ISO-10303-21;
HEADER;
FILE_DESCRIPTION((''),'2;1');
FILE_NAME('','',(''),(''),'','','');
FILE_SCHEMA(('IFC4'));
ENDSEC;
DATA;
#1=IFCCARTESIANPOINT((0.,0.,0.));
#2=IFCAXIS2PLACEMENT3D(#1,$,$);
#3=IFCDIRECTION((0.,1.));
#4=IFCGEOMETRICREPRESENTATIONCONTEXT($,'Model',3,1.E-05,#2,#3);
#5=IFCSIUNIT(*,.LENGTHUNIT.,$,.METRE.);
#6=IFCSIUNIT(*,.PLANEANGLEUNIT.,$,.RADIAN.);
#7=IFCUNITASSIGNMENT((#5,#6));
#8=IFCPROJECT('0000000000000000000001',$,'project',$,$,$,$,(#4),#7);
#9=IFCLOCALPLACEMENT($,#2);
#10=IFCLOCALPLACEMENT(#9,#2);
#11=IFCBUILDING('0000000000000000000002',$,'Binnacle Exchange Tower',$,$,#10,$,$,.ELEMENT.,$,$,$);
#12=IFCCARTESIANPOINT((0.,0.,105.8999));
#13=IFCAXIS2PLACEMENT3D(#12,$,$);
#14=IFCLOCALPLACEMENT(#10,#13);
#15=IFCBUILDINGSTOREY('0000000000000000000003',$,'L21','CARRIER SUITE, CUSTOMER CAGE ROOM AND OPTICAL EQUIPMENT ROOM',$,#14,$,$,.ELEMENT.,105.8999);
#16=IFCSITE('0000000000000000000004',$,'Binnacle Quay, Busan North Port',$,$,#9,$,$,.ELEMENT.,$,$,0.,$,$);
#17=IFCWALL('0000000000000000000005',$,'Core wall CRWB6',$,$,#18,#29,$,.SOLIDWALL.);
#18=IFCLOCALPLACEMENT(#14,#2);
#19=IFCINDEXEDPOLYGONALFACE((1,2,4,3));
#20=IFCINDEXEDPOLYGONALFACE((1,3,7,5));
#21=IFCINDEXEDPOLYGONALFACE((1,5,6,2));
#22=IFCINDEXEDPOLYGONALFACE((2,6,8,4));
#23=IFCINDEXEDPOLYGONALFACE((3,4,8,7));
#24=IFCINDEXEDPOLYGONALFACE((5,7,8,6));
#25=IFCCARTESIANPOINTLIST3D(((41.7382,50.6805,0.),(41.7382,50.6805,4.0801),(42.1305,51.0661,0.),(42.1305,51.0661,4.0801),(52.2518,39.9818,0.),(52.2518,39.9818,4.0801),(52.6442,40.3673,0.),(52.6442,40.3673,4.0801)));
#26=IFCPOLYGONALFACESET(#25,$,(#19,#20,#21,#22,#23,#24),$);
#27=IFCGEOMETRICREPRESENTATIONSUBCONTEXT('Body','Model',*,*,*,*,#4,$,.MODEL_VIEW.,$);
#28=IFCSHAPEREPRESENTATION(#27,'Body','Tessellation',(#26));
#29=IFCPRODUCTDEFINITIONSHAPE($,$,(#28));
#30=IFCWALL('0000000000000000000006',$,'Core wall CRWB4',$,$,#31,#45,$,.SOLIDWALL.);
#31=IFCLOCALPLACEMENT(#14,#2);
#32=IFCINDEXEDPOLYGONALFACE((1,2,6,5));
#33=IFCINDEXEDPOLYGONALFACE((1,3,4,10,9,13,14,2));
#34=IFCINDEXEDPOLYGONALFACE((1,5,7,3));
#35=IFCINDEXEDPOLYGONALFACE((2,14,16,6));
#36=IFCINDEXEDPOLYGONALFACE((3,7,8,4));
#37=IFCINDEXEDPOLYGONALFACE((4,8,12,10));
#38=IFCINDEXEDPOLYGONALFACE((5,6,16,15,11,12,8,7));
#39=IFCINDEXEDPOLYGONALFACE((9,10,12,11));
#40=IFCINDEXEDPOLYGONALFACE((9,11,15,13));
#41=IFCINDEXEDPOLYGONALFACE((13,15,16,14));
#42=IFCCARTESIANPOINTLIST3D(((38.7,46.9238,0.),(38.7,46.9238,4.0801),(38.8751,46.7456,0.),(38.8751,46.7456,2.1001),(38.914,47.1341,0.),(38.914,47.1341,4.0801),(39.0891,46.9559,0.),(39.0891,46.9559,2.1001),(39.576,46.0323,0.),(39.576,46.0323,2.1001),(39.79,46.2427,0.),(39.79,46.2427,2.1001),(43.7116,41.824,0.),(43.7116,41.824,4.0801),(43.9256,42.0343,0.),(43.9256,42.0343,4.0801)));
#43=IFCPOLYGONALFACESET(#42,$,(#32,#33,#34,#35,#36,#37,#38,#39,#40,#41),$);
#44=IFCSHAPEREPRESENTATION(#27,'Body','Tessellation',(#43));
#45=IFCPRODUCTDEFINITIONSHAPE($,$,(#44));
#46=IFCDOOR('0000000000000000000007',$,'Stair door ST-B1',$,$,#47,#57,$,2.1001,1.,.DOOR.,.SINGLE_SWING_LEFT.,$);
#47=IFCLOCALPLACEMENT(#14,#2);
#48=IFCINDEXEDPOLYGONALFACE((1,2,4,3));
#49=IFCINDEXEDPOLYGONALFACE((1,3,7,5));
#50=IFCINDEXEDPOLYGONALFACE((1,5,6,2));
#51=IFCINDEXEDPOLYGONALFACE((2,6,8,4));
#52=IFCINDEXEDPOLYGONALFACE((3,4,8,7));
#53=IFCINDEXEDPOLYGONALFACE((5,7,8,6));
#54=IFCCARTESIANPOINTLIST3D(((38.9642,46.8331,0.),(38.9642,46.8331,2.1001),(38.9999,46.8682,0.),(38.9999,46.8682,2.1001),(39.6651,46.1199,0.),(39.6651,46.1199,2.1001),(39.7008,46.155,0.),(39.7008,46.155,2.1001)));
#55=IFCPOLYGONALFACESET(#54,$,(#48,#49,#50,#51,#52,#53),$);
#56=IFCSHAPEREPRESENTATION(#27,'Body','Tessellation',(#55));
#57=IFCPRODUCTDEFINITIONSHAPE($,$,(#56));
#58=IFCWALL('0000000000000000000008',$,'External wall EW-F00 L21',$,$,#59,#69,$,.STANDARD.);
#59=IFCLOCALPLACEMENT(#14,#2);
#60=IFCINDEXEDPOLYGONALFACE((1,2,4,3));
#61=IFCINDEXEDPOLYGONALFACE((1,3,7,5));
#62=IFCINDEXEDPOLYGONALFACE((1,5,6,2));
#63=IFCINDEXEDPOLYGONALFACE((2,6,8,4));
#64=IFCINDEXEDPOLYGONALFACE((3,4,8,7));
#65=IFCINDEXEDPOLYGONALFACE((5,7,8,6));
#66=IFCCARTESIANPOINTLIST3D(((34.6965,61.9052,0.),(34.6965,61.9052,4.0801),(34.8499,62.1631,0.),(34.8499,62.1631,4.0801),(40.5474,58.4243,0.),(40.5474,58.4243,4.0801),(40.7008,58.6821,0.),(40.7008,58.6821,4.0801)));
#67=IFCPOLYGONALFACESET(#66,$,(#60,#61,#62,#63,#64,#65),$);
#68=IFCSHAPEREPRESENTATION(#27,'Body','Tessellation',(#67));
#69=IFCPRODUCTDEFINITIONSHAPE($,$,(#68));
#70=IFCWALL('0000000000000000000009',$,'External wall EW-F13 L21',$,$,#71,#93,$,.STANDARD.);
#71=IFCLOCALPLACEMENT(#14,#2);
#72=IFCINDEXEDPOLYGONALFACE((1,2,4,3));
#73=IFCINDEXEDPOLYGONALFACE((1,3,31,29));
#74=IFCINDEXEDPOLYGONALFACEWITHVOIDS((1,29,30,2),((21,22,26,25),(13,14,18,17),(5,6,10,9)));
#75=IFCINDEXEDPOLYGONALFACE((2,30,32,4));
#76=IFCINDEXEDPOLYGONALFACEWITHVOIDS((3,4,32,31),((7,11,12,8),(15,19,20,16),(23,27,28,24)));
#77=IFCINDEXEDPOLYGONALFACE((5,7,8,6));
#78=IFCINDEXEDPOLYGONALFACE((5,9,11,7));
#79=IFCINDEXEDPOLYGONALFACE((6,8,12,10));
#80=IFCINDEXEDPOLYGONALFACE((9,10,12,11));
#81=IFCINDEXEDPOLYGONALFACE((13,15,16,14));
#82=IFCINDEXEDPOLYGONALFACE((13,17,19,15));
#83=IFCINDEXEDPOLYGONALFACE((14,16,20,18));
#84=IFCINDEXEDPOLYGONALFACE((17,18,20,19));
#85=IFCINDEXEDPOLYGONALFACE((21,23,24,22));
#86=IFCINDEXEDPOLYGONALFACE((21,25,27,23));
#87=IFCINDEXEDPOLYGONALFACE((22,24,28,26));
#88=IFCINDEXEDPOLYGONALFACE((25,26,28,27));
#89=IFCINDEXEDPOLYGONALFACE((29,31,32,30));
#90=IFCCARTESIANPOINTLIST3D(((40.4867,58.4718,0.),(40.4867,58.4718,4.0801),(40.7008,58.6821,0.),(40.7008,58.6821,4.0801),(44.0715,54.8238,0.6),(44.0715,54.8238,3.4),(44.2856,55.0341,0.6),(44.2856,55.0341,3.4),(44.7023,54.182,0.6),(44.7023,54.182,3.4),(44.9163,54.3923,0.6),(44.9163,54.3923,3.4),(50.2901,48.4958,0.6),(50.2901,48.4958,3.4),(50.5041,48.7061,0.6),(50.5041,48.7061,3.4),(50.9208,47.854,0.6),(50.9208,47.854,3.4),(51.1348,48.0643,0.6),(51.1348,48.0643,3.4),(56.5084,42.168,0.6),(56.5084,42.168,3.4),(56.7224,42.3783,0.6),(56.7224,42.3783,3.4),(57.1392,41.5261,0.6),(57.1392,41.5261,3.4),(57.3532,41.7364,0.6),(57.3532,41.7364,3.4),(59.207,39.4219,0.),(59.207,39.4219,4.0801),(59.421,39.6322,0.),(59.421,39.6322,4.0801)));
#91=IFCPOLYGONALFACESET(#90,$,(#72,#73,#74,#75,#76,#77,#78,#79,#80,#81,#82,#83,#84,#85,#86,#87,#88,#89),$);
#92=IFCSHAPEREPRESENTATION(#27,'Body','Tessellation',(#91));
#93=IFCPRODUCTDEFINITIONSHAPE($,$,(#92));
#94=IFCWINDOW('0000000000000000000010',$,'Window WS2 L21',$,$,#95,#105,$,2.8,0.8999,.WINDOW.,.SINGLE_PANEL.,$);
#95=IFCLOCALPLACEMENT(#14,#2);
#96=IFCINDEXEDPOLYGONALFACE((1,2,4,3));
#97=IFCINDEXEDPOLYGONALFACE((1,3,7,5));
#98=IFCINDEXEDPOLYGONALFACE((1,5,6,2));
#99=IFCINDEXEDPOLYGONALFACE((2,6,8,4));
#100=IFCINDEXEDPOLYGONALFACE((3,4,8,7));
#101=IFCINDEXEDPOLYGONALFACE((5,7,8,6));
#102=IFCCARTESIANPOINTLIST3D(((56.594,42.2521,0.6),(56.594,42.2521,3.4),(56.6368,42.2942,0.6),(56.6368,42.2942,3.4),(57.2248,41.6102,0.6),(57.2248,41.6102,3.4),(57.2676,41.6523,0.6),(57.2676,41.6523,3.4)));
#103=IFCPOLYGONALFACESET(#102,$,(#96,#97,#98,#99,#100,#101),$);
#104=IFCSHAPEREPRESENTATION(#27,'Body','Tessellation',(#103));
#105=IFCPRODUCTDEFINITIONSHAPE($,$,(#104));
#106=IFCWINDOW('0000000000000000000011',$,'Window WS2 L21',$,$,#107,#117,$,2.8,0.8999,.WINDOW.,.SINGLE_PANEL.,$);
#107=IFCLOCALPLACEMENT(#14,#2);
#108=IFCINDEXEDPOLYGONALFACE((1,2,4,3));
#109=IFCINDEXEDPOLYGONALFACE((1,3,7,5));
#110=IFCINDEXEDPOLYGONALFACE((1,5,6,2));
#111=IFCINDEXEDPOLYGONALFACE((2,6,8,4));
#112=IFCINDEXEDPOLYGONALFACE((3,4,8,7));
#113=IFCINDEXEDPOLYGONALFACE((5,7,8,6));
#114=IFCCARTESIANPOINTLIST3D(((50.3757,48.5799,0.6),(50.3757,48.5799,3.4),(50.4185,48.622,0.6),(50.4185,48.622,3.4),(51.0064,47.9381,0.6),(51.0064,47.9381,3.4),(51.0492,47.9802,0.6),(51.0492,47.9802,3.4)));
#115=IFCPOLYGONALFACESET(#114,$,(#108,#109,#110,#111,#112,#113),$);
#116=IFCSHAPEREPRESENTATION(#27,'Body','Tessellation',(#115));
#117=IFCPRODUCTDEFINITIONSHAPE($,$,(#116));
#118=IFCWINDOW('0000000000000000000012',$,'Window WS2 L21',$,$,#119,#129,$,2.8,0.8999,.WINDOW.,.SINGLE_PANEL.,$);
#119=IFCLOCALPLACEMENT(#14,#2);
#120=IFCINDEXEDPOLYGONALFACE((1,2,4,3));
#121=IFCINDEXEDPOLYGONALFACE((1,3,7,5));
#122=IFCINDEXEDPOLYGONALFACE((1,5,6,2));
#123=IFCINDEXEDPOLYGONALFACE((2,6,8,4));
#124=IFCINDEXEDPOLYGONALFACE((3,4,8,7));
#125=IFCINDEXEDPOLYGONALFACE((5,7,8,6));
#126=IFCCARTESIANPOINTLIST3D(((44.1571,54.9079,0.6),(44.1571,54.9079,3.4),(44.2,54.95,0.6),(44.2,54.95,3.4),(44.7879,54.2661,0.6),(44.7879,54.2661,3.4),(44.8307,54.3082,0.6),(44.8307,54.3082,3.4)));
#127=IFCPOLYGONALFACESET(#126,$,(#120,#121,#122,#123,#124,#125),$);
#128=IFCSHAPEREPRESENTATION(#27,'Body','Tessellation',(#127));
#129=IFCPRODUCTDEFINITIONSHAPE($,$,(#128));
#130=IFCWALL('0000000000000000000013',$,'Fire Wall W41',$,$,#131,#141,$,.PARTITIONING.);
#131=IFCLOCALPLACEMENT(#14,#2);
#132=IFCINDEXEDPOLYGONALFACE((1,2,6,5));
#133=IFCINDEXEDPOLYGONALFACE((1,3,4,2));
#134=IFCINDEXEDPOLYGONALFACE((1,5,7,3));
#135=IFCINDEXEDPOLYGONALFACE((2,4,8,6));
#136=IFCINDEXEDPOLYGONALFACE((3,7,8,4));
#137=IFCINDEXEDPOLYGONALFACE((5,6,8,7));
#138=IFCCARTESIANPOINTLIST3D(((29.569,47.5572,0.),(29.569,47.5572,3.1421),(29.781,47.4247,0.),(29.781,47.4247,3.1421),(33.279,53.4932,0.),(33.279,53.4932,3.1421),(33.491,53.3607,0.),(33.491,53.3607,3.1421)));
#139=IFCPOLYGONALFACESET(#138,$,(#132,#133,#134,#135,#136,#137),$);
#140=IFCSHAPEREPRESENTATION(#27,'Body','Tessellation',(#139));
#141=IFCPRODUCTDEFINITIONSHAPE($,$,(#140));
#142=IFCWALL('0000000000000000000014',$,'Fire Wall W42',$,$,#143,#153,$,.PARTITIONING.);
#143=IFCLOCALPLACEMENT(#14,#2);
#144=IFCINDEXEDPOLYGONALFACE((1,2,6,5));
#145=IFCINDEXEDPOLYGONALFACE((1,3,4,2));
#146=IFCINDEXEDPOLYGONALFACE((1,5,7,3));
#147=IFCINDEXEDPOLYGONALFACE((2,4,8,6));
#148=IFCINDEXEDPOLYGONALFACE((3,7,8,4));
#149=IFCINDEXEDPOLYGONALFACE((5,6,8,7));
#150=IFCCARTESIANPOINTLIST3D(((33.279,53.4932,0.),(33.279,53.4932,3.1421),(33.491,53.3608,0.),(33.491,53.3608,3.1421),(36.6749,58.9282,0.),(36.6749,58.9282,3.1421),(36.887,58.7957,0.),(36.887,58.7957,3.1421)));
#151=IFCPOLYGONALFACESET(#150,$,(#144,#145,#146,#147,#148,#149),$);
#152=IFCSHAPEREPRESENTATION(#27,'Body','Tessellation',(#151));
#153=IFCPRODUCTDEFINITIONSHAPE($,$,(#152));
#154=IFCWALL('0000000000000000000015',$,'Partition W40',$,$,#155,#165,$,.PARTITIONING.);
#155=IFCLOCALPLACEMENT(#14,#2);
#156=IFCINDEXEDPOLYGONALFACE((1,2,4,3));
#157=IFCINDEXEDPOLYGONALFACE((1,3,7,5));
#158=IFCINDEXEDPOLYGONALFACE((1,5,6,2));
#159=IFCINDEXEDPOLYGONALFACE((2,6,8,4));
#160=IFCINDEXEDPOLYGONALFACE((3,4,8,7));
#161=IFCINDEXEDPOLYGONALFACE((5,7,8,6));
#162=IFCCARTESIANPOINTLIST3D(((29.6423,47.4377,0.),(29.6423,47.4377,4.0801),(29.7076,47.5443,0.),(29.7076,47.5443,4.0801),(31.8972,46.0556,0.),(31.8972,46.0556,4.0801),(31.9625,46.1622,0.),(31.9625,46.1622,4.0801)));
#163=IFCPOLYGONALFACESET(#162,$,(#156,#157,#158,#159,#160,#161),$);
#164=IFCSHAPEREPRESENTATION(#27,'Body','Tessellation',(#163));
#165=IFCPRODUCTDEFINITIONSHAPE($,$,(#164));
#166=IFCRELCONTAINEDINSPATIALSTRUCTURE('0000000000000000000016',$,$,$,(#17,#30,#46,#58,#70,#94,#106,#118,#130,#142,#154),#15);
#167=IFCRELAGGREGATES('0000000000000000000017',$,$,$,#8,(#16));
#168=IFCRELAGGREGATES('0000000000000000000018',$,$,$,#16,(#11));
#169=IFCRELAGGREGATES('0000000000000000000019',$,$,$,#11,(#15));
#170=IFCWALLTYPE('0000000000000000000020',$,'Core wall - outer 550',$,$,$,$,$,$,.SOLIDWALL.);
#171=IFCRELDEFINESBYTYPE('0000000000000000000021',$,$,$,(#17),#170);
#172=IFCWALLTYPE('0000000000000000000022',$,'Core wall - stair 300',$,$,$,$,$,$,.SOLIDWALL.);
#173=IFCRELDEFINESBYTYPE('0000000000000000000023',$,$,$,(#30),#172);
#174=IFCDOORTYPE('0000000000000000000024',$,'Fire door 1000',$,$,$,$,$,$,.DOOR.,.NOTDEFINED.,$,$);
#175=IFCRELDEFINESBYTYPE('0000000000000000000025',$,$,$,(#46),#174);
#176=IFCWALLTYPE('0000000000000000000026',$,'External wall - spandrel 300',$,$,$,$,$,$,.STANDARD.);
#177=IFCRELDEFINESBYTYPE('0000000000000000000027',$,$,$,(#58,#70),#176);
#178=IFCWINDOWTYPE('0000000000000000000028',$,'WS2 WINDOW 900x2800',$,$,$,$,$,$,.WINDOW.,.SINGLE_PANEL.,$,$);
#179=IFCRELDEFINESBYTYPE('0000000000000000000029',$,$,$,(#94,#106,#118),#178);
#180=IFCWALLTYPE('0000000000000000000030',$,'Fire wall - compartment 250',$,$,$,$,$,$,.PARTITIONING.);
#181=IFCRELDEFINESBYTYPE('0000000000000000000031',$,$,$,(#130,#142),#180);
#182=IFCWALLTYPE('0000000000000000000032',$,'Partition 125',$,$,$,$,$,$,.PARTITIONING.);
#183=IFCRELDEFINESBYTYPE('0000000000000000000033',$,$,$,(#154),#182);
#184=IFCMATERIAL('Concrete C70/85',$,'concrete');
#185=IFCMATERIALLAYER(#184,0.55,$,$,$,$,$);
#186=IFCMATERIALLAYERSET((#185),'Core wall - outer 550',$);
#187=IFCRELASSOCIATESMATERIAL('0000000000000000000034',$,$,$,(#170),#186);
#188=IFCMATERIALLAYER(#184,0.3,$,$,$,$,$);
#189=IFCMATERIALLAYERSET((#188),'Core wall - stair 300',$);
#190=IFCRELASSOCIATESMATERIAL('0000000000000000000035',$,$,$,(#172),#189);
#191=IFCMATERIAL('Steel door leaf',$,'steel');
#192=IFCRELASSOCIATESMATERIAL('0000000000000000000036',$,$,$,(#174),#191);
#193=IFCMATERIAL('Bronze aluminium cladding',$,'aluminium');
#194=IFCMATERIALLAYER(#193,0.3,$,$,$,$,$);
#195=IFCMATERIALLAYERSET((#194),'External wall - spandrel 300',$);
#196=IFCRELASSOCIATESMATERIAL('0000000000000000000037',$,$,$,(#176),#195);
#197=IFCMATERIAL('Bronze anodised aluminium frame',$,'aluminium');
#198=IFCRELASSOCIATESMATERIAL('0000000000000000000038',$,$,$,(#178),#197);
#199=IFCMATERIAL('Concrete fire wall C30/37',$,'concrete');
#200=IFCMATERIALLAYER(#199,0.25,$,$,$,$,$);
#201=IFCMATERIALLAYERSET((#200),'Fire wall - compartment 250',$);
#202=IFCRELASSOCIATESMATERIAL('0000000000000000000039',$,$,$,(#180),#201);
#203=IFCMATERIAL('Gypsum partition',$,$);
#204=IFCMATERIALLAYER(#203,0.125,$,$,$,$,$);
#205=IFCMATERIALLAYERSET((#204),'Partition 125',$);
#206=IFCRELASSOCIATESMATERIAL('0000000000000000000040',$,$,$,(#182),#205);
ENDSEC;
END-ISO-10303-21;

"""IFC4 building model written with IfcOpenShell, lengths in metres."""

from ifc_helpers import new_model, si_unit, direction, frame, frame_2d, origin, place, context, subcontext, project, spatial, rectangle, extrude, material, layer, layer_set, type_object, element, fill, save


model = new_model("IFC4")

# Units and contexts
model_context = context("Model", 3, precision=1e-05, world=origin(), true_north=direction((0.0, 1.0)))
body_context = subcontext(model_context, "Body", "Model", "MODEL_VIEW")
ifc_project = project(units=[si_unit("LENGTHUNIT", "METRE"), si_unit("PLANEANGLEUNIT", "RADIAN")], contexts=[model_context])

# Site, building, storey
site_placement = place(None, origin())
site = spatial("IfcSite", under=ifc_project, at=site_placement, Name="Binnacle Quay, Busan North Port", CompositionType="ELEMENT", RefElevation=0.0)
building_placement = place(site_placement, origin())
building = spatial("IfcBuilding", under=site, at=building_placement, Name="Binnacle Exchange Tower", CompositionType="ELEMENT")
storey_placement = place(building_placement, frame((0.0, 0.0, 105.8999)))
storey = spatial("IfcBuildingStorey", under=building, at=storey_placement, Name="L21", Description="CARRIER SUITE, CUSTOMER CAGE ROOM AND OPTICAL EQUIPMENT ROOM", CompositionType="ELEMENT", Elevation=105.8999)

# Shared definitions
ifc_material_1 = material(Name="Concrete C70/85", Category="concrete")

# Wall
ifc_layer_1 = layer(ifc_material_1, 0.55)
ifc_layer_set_1 = layer_set([ifc_layer_1], Name="Core wall - outer 550")
wall_type_1 = type_object("IfcWallType", Name="Core wall - outer 550", PredefinedType="SOLIDWALL", material=ifc_layer_set_1)
wall_1_placement = place(storey_placement, frame((41.9343, 50.8733, 0.0), z_axis=(0.0, 0.0, 1.0), x_axis=(0.700911, -0.713248, 0.0)))
element("IfcWall", 1, at=wall_1_placement, inside=storey, type_object=wall_type_1, Name="Core wall CRWB6", PredefinedType="SOLIDWALL", context=body_context, shape_type="SweptSolid", body=[
    extrude(rectangle(XDim=15.0, YDim=0.55, at=frame_2d((7.5, 0.0))), origin(), (0.0, 0.0, 1.0), 4.0801),
])

# Wall, opening, door
ifc_layer_2 = layer(ifc_material_1, 0.3)
ifc_layer_set_2 = layer_set([ifc_layer_2], Name="Core wall - stair 300")
wall_type_2 = type_object("IfcWallType", Name="Core wall - stair 300", PredefinedType="SOLIDWALL", material=ifc_layer_set_2)
wall_2_placement = place(storey_placement, frame((38.8069, 47.0291, 0.0), z_axis=(0.0, 0.0, 1.0), x_axis=(0.700917, -0.713243, 0.0)))
wall_2 = element("IfcWall", 2, at=wall_2_placement, inside=storey, type_object=wall_type_2, Name="Core wall CRWB4", PredefinedType="SOLIDWALL", context=body_context, shape_type="SweptSolid", body=[
    extrude(rectangle(XDim=7.1501, YDim=0.3, at=frame_2d((3.5752, 0.0))), origin(), (0.0, 0.0, 1.0), 4.0801),
])
opening_1_placement = place(wall_2_placement, frame((0.25, 0.0, 0.0)))
opening_1 = element("IfcOpeningElement", 3, at=opening_1_placement, cuts=wall_2, PredefinedType="OPENING", context=body_context, shape_type="SweptSolid", body=[
    extrude(rectangle(XDim=1.0, YDim=2.1001, at=frame_2d((0.5, 1.05))), frame((0.0, 0.1599, 0.0), z_axis=(0.0, -1.0, 0.0), x_axis=(1.0, 0.0, 0.0)), (0.0, 0.0, 1.0), 0.3201),
])
ifc_material_2 = material(Name="Steel door leaf", Category="steel")
door_type = type_object("IfcDoorType", Name="Fire door 1000", OperationType="NOTDEFINED", PredefinedType="DOOR", material=ifc_material_2)
door_placement = place(opening_1_placement, origin())
door = element("IfcDoor", 4, at=door_placement, inside=storey, type_object=door_type, Name="Stair door ST-B1", OperationType="SINGLE_SWING_LEFT", OverallHeight=2.1001, OverallWidth=1.0, PredefinedType="DOOR", context=body_context, shape_type="SweptSolid", body=[
    extrude(rectangle(XDim=1.0, YDim=2.1001, at=frame_2d((0.5, 1.05))), frame((0.0, 0.0249, 0.0), z_axis=(0.0, -1.0, 0.0), x_axis=(1.0, 0.0, 0.0)), (0.0, 0.0, 1.0), 0.05),
])
fill(opening_1, door)

# Wall
ifc_material_3 = material(Name="Bronze aluminium cladding", Category="aluminium")
ifc_layer_3 = layer(ifc_material_3, 0.3)
ifc_layer_set_3 = layer_set([ifc_layer_3], Name="External wall - spandrel 300")
wall_type_3 = type_object("IfcWallType", Name="External wall - spandrel 300", PredefinedType="STANDARD", material=ifc_layer_set_3)
wall_3_placement = place(storey_placement, frame((34.7732, 62.0342, 0.0), z_axis=(0.0, 0.0, 1.0), x_axis=(0.859401, -0.511302, 0.0)))
element("IfcWall", 5, at=wall_3_placement, inside=storey, type_object=wall_type_3, Name="External wall EW-F00 L21", PredefinedType="STANDARD", context=body_context, shape_type="SweptSolid", body=[
    extrude(rectangle(XDim=6.8081, YDim=0.3, at=frame_2d((3.4041, 0.0))), origin(), (0.0, 0.0, 1.0), 4.0801),
])

# Wall, openings, windows
wall_4_placement = place(storey_placement, frame((40.5938, 58.5769, 0.0), z_axis=(0.0, 0.0, 1.0), x_axis=(0.70091, -0.71325, 0.0)))
wall_4 = element("IfcWall", 6, at=wall_4_placement, inside=storey, type_object=wall_type_3, Name="External wall EW-F13 L21", PredefinedType="STANDARD", context=body_context, shape_type="SweptSolid", body=[
    extrude(rectangle(XDim=26.7085, YDim=0.3, at=frame_2d((13.3542, 0.0))), origin(), (0.0, 0.0, 1.0), 4.0801),
])
opening_2_placement = place(wall_4_placement, frame((22.8584, 0.0, 0.6001)))
opening_2 = element("IfcOpeningElement", 7, at=opening_2_placement, cuts=wall_4, PredefinedType="OPENING", context=body_context, shape_type="SweptSolid", body=[
    extrude(rectangle(XDim=0.8999, YDim=2.8, at=frame_2d((0.45, 1.3999))), frame((0.0, 0.1599, 0.0), z_axis=(0.0, -1.0, 0.0), x_axis=(1.0, 0.0, 0.0)), (0.0, 0.0, 1.0), 0.3201),
])
opening_3_placement = place(wall_4_placement, frame((13.9866, 0.0, 0.6001)))
opening_3 = element("IfcOpeningElement", 8, at=opening_3_placement, cuts=wall_4, PredefinedType="OPENING", context=body_context, shape_type="SweptSolid", body=[
    extrude(rectangle(XDim=0.8999, YDim=2.8, at=frame_2d((0.45, 1.3999))), frame((0.0, 0.1599, 0.0), z_axis=(0.0, -1.0, 0.0), x_axis=(1.0, 0.0, 0.0)), (0.0, 0.0, 1.0), 0.3201),
])
opening_4_placement = place(wall_4_placement, frame((5.1145, 0.0, 0.6001)))
opening_4 = element("IfcOpeningElement", 9, at=opening_4_placement, cuts=wall_4, PredefinedType="OPENING", context=body_context, shape_type="SweptSolid", body=[
    extrude(rectangle(XDim=0.8999, YDim=2.8, at=frame_2d((0.45, 1.3999))), frame((0.0, 0.1599, 0.0), z_axis=(0.0, -1.0, 0.0), x_axis=(1.0, 0.0, 0.0)), (0.0, 0.0, 1.0), 0.3201),
])
ifc_material_4 = material(Name="Bronze anodised aluminium frame", Category="aluminium")
window_type = type_object("IfcWindowType", Name="WS2 WINDOW 900x2800", PartitioningType="SINGLE_PANEL", PredefinedType="WINDOW", material=ifc_material_4)
window_1_placement = place(opening_2_placement, origin())
window_1 = element("IfcWindow", 10, at=window_1_placement, inside=storey, type_object=window_type, Name="Window WS2 L21", OverallHeight=2.8, OverallWidth=0.8999, PartitioningType="SINGLE_PANEL", PredefinedType="WINDOW", context=body_context, shape_type="SweptSolid", body=[
    extrude(rectangle(XDim=0.8999, YDim=2.8, at=frame_2d((0.45, 1.3999))), frame((0.0, 0.03, 0.0), z_axis=(0.0, -1.0, 0.0), x_axis=(1.0, 0.0, 0.0)), (0.0, 0.0, 1.0), 0.0601),
])
fill(opening_2, window_1)
window_2_placement = place(opening_3_placement, origin())
window_2 = element("IfcWindow", 11, at=window_2_placement, inside=storey, type_object=window_type, Name="Window WS2 L21", OverallHeight=2.8, OverallWidth=0.8999, PartitioningType="SINGLE_PANEL", PredefinedType="WINDOW", context=body_context, shape_type="SweptSolid", body=[
    extrude(rectangle(XDim=0.8999, YDim=2.8, at=frame_2d((0.45, 1.3999))), frame((0.0, 0.03, 0.0), z_axis=(0.0, -1.0, 0.0), x_axis=(1.0, 0.0, 0.0)), (0.0, 0.0, 1.0), 0.0601),
])
fill(opening_3, window_2)
window_3_placement = place(opening_4_placement, origin())
window_3 = element("IfcWindow", 12, at=window_3_placement, inside=storey, type_object=window_type, Name="Window WS2 L21", OverallHeight=2.8, OverallWidth=0.8999, PartitioningType="SINGLE_PANEL", PredefinedType="WINDOW", context=body_context, shape_type="SweptSolid", body=[
    extrude(rectangle(XDim=0.8999, YDim=2.8, at=frame_2d((0.45, 1.3999))), frame((0.0, 0.03, 0.0), z_axis=(0.0, -1.0, 0.0), x_axis=(1.0, 0.0, 0.0)), (0.0, 0.0, 1.0), 0.0601),
])
fill(opening_4, window_3)

# Walls
ifc_material_5 = material(Name="Concrete fire wall C30/37", Category="concrete")
ifc_layer_4 = layer(ifc_material_5, 0.25)
ifc_layer_set_4 = layer_set([ifc_layer_4], Name="Fire wall - compartment 250")
wall_type_4 = type_object("IfcWallType", Name="Fire wall - compartment 250", PredefinedType="PARTITIONING", material=ifc_layer_set_4)
wall_5_placement = place(storey_placement, frame((29.675, 47.491, 0.0), z_axis=(0.0, 0.0, 1.0), x_axis=(0.529993, 0.848002, 0.0)))
element("IfcWall", 13, at=wall_5_placement, inside=storey, type_object=wall_type_4, Name="Fire Wall W41", PredefinedType="PARTITIONING", context=body_context, shape_type="SweptSolid", body=[
    extrude(rectangle(XDim=7.0, YDim=0.25, at=frame_2d((3.5, 0.0))), origin(), (0.0, 0.0, 1.0), 3.1421),
])
wall_6_placement = place(storey_placement, frame((33.385, 53.427, 0.0), z_axis=(0.0, 0.0, 1.0), x_axis=(0.529896, 0.848063, 0.0)))
element("IfcWall", 14, at=wall_6_placement, inside=storey, type_object=wall_type_4, Name="Fire Wall W42", PredefinedType="PARTITIONING", context=body_context, shape_type="SweptSolid", body=[
    extrude(rectangle(XDim=6.4087, YDim=0.25, at=frame_2d((3.2043, 0.0))), origin(), (0.0, 0.0, 1.0), 3.1421),
])
ifc_material_6 = material(Name="Gypsum partition")
ifc_layer_5 = layer(ifc_material_6, 0.125)
ifc_layer_set_5 = layer_set([ifc_layer_5], Name="Partition 125")
wall_type_5 = type_object("IfcWallType", Name="Partition 125", PredefinedType="PARTITIONING", material=ifc_layer_set_5)
wall_7_placement = place(storey_placement, frame((29.675, 47.491, 0.0), z_axis=(0.0, 0.0, 1.0), x_axis=(0.852592, -0.522577, 0.0)))
element("IfcWall", 15, at=wall_7_placement, inside=storey, type_object=wall_type_5, Name="Partition W40", PredefinedType="PARTITIONING", context=body_context, shape_type="SweptSolid", body=[
    extrude(rectangle(XDim=2.6448, YDim=0.125, at=frame_2d((1.3223, 0.0))), origin(), (0.0, 0.0, 1.0), 4.0801),
])

save(model, "model.ifc")
